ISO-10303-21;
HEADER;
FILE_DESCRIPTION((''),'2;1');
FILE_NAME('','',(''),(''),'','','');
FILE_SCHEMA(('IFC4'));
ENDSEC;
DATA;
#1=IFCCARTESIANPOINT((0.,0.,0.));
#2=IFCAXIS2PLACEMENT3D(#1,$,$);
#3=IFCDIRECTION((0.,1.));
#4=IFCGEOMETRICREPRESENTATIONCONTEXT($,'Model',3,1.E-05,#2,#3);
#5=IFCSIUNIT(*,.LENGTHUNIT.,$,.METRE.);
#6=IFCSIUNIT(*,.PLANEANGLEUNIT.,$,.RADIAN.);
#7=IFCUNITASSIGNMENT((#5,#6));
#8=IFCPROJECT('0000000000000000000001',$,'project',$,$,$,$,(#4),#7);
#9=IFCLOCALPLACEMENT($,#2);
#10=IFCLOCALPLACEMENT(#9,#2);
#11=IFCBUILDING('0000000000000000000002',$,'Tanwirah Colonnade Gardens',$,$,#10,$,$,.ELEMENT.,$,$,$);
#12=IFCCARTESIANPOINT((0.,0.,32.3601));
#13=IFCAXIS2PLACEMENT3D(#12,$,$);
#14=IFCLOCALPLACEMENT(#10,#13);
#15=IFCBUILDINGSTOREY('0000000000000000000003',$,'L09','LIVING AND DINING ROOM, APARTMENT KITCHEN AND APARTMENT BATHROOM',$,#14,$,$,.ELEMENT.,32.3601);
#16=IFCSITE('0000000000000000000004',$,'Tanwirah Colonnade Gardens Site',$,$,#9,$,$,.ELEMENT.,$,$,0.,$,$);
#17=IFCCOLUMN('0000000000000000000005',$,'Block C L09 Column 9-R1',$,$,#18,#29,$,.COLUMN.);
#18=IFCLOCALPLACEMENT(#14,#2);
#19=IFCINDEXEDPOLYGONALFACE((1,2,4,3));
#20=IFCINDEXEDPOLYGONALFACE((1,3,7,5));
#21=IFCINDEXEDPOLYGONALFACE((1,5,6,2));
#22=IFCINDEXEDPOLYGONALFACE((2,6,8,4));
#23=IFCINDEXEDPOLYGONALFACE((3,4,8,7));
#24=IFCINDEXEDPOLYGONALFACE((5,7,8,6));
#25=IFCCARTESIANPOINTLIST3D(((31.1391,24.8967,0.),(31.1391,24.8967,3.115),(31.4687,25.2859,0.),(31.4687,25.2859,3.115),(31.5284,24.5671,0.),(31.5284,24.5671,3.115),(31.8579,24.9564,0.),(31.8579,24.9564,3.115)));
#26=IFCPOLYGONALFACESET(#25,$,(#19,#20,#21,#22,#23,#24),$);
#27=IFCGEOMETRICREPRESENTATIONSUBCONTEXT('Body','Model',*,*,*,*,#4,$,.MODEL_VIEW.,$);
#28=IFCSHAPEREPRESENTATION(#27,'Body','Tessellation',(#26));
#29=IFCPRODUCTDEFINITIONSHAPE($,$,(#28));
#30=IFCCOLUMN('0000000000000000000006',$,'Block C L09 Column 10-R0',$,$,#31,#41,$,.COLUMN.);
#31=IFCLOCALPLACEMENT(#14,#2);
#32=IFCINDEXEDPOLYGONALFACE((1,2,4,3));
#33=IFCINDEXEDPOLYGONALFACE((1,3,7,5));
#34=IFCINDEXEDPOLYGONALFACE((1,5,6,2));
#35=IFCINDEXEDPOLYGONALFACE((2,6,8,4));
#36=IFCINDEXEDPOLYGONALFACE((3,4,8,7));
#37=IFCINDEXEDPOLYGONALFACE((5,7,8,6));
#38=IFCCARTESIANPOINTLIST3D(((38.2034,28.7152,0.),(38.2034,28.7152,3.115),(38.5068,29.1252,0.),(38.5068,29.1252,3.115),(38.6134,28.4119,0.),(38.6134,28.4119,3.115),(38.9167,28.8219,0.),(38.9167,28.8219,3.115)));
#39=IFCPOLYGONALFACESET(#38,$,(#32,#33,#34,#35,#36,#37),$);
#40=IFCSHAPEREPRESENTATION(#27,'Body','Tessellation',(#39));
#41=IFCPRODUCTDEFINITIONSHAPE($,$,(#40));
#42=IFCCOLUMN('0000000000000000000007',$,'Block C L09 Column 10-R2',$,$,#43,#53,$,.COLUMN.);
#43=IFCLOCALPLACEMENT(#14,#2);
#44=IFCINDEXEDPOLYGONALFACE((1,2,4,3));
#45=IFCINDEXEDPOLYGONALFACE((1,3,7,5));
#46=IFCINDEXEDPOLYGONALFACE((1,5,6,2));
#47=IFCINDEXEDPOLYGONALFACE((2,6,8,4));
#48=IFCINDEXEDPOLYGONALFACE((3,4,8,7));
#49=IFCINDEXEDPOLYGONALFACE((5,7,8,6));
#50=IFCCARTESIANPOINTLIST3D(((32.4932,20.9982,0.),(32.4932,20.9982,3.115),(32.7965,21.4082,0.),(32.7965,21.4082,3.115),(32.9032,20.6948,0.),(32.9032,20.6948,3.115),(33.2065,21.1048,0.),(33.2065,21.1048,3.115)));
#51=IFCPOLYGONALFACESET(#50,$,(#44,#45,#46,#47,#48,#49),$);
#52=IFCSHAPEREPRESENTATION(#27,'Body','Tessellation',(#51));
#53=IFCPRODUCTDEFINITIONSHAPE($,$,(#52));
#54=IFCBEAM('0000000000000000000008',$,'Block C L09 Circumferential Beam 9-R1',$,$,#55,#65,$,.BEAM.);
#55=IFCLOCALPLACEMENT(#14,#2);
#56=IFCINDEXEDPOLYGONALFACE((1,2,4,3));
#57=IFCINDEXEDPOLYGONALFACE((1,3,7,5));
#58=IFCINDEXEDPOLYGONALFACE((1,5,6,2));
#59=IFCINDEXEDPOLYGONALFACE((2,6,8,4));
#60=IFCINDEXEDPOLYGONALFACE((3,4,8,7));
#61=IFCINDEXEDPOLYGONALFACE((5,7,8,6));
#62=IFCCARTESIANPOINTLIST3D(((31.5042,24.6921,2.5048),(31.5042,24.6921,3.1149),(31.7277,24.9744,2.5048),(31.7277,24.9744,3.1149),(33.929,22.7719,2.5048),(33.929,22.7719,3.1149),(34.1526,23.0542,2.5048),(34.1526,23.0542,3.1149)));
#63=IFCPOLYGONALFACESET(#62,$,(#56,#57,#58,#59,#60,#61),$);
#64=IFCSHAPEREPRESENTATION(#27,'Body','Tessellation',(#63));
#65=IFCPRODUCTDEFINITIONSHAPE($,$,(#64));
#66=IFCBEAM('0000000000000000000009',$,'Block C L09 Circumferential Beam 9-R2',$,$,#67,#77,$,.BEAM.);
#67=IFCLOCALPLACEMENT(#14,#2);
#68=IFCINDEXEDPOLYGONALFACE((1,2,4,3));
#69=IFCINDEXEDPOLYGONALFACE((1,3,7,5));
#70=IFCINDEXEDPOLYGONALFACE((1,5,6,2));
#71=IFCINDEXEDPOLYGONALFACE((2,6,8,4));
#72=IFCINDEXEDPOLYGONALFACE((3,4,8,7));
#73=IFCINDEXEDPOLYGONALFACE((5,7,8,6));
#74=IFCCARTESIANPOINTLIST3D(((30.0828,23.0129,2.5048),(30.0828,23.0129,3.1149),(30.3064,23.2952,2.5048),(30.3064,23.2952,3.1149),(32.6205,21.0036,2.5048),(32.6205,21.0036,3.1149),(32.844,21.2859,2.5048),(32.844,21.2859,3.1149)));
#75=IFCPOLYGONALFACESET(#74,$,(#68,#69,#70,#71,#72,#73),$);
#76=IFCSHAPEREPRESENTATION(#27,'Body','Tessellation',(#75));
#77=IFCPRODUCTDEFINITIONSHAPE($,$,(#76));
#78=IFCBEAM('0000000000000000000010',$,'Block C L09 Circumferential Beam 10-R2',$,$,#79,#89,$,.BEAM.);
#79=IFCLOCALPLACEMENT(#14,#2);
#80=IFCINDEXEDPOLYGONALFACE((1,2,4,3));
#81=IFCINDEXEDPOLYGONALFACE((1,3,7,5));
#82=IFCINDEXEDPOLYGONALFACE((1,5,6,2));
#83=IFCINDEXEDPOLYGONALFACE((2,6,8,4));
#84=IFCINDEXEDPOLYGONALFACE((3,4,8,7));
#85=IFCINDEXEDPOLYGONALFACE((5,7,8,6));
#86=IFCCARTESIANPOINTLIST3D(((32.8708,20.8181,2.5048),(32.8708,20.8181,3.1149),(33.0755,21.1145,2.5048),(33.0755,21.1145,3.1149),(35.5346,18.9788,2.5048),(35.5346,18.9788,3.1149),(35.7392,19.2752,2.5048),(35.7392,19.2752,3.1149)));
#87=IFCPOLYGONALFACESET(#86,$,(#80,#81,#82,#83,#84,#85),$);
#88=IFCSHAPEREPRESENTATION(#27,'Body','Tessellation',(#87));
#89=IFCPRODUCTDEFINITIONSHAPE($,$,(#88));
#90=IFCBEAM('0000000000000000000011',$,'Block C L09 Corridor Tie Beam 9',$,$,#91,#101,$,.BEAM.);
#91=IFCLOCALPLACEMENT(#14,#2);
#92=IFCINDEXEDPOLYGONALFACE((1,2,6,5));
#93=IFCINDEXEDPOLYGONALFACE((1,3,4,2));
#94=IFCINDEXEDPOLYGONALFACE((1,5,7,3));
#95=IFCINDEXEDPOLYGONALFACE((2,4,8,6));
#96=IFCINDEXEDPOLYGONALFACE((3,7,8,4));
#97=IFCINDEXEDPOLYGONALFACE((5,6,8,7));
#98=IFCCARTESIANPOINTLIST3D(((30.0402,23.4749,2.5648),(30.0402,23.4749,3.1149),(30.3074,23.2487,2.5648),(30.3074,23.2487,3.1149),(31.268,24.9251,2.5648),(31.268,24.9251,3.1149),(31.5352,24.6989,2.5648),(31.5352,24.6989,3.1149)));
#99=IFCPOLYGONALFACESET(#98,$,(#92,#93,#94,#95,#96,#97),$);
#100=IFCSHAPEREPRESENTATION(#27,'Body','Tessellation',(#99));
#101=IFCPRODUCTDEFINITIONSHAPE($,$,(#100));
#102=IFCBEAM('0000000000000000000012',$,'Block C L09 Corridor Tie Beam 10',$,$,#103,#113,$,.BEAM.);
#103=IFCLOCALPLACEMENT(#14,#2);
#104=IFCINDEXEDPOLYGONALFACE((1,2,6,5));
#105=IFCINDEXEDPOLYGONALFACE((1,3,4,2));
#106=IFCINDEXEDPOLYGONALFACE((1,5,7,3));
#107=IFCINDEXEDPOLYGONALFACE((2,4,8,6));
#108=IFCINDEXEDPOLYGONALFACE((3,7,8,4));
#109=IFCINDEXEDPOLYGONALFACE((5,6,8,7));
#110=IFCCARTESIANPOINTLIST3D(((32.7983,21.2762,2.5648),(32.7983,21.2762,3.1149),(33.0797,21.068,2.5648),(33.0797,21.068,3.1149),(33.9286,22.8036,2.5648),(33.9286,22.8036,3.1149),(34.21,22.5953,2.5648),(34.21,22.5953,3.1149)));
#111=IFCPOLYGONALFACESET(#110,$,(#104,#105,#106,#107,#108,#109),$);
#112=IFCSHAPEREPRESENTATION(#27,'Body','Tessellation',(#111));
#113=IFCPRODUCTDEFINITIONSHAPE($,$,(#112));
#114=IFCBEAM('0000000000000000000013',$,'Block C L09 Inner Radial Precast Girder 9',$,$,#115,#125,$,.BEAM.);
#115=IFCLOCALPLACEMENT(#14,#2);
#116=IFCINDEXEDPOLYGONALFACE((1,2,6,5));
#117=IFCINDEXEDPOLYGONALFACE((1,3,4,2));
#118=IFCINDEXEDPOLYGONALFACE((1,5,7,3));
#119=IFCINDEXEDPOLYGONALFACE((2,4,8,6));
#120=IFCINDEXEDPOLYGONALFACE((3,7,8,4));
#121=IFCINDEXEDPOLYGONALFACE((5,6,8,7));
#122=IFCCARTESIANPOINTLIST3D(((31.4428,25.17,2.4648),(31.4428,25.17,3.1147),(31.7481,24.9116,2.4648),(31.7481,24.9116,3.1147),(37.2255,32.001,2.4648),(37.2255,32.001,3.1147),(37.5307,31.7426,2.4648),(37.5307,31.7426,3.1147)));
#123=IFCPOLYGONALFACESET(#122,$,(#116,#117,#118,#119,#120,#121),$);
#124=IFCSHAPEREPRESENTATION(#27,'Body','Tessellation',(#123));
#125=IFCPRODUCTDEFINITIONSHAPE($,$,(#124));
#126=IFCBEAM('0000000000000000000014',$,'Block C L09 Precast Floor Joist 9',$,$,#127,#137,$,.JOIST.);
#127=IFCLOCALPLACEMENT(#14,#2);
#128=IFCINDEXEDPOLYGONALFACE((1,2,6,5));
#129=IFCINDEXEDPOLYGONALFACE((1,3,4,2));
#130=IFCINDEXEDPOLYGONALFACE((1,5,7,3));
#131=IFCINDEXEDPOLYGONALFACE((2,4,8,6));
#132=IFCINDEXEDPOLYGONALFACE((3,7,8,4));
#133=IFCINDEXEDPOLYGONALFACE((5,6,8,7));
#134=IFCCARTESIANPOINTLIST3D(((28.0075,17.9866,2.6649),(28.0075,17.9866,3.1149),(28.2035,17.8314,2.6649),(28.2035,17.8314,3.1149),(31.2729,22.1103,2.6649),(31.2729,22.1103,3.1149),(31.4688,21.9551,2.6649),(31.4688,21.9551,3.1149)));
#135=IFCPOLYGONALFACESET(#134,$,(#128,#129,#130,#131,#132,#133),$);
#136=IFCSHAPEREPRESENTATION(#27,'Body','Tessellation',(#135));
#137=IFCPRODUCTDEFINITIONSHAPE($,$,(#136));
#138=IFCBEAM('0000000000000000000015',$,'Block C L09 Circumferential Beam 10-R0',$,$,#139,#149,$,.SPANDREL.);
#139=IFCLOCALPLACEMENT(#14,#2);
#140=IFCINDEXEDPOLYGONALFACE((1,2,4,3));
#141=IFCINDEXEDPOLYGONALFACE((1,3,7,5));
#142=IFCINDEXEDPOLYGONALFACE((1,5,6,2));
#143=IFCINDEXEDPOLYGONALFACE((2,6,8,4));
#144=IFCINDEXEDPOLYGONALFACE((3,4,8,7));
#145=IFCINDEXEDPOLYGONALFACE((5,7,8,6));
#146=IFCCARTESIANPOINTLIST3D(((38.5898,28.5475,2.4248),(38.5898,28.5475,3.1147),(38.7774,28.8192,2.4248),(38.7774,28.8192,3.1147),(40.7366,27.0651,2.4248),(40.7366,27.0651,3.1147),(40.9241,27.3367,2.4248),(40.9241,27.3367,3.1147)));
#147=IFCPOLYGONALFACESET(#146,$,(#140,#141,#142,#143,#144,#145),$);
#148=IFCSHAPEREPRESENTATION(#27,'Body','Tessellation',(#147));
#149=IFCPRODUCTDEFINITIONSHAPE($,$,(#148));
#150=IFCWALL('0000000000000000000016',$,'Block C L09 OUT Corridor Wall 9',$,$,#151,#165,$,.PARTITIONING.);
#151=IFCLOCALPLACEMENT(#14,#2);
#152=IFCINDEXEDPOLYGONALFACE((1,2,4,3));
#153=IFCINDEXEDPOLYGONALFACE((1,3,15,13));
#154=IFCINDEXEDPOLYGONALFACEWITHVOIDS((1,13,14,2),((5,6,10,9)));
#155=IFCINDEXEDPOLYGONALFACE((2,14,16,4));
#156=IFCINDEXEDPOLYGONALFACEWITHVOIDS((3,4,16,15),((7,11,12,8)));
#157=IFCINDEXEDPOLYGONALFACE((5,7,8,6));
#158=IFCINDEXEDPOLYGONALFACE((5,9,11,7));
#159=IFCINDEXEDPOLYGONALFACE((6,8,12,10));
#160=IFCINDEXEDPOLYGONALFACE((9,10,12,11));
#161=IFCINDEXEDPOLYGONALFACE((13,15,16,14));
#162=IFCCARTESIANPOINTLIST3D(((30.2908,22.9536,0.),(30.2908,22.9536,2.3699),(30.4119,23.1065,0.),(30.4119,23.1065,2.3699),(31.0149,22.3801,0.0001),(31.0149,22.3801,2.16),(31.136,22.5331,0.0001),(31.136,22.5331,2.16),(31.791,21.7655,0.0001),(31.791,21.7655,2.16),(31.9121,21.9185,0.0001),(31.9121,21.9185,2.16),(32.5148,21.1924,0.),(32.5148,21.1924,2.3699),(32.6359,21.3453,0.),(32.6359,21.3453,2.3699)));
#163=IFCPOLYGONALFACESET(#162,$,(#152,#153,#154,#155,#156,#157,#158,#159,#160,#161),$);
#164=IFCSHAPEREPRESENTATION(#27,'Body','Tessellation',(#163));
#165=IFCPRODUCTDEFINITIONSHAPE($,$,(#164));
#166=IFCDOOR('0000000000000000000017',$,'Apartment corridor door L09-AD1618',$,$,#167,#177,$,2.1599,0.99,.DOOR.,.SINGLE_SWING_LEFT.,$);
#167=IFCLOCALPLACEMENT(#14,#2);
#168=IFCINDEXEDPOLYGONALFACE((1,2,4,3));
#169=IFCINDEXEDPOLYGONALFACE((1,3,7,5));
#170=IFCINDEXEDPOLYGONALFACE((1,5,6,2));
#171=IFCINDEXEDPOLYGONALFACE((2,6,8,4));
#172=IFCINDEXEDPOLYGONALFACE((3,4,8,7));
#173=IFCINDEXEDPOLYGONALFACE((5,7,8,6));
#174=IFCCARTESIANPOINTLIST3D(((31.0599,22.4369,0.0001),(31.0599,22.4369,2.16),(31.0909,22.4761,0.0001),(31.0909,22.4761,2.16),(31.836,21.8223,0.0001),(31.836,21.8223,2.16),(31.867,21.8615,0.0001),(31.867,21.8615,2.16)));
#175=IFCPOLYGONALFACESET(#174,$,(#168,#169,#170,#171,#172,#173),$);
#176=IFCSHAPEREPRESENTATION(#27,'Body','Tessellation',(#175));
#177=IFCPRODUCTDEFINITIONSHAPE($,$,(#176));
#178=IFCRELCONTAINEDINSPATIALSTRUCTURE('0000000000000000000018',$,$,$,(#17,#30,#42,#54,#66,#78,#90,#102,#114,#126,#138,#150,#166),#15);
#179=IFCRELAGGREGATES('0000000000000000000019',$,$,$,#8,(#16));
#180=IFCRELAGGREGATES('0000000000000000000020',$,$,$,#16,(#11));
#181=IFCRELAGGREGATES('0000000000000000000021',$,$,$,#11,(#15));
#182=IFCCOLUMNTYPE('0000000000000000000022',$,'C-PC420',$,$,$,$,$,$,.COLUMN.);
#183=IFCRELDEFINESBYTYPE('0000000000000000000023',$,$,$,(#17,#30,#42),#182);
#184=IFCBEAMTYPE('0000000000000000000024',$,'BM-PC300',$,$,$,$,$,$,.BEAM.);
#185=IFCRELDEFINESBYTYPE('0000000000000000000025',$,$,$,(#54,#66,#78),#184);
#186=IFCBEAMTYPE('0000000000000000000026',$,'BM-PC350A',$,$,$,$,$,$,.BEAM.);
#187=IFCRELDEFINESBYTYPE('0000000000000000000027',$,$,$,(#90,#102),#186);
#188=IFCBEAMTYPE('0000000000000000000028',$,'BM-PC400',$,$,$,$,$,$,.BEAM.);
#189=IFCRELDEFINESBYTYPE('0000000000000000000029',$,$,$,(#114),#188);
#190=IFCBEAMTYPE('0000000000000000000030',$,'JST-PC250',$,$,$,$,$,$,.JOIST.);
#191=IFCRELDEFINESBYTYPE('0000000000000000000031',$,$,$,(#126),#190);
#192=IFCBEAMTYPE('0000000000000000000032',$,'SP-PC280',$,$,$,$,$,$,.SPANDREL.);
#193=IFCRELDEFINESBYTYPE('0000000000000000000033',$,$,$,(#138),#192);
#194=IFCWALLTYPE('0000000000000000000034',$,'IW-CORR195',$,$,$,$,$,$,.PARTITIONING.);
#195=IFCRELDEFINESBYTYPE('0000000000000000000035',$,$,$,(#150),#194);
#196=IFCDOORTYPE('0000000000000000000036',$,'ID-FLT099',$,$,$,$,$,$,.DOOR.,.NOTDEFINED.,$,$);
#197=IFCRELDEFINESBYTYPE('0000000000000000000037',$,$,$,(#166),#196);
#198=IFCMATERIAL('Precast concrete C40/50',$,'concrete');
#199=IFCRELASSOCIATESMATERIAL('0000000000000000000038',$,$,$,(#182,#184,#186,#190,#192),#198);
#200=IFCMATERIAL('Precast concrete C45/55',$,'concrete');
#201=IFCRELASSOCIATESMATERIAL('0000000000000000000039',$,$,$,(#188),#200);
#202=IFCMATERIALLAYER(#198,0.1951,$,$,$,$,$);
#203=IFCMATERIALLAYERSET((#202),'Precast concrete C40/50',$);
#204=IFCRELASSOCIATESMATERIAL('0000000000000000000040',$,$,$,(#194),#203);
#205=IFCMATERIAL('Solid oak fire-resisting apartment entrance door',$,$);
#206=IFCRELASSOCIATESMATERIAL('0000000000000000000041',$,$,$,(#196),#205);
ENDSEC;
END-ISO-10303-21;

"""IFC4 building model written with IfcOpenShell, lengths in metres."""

from ifc_helpers import new_model, si_unit, direction, frame, frame_2d, origin, origin_2d, place, context, subcontext, project, spatial, rectangle, extrude, material, layer, layer_set, material_profile, profile_set, type_object, element, fill, save


model = new_model("IFC4")

# Units and contexts
model_context = context("Model", 3, precision=1e-05, world=origin(), true_north=direction((0.0, 1.0)))
body_context = subcontext(model_context, "Body", "Model", "MODEL_VIEW")
ifc_project = project(units=[si_unit("LENGTHUNIT", "METRE"), si_unit("PLANEANGLEUNIT", "RADIAN")], contexts=[model_context])

# Site, building, storey
site_placement = place(None, origin())
site = spatial("IfcSite", under=ifc_project, at=site_placement, Name="Tanwirah Colonnade Gardens Site", CompositionType="ELEMENT", RefElevation=0.0)
building_placement = place(site_placement, origin())
building = spatial("IfcBuilding", under=site, at=building_placement, Name="Tanwirah Colonnade Gardens", CompositionType="ELEMENT")
storey_placement = place(building_placement, frame((0.0, 0.0, 32.3601)))
storey = spatial("IfcBuildingStorey", under=building, at=storey_placement, Name="L09", Description="LIVING AND DINING ROOM, APARTMENT KITCHEN AND APARTMENT BATHROOM", CompositionType="ELEMENT", Elevation=32.3601)

# Columns
ifc_material_1 = material(Name="Precast concrete C40/50", Category="concrete")
ifc_material_profile_1 = material_profile(ifc_material_1, rectangle(XDim=0.51, YDim=0.51, at=origin_2d()), Name="PC-COL 510x510")
ifc_profile_set_1 = profile_set([ifc_material_profile_1], Name="Precast concrete C40/50")
column_type = type_object("IfcColumnType", Name="C-PC420", PredefinedType="COLUMN", material=ifc_profile_set_1)
for number, where, z_axis, x_axis, name in (
    (1, (31.4985, 24.9265, 0.0), (0.0, 0.0, 1.0), (-0.646124, -0.763232, 0.0), "Block C L09 Column 9-R1"),
    (2, (38.5601, 28.7686, 0.0), (0.0, 0.0, 1.0), (-0.594823, -0.803857, 0.0), "Block C L09 Column 10-R0"),
    (3, (32.8499, 21.0515, 0.0), (0.0, 0.0, 1.0), (-0.594823, -0.803857, 0.0), "Block C L09 Column 10-R2"),
):
    element("IfcColumn", number, at=place(storey_placement, frame(where, z_axis=z_axis, x_axis=x_axis)), inside=storey, type_object=column_type, Name=name, PredefinedType="COLUMN", context=body_context, shape_type="SweptSolid", body=[
        extrude(rectangle(XDim=0.51, YDim=0.51, at=origin_2d()), origin(), (0.0, 0.0, 1.0), 3.115),
    ])

# Beams
ifc_material_profile_2 = material_profile(ifc_material_1, rectangle(XDim=0.3601, YDim=0.6101, at=origin_2d()), Name="PC-BM 360x610")
ifc_profile_set_2 = profile_set([ifc_material_profile_2], Name="Precast concrete C40/50")
beam_type_1 = type_object("IfcBeamType", Name="BM-PC300", PredefinedType="BEAM", material=ifc_profile_set_2)
beam_1_placement = place(storey_placement, frame((31.616, 24.8333, 2.8098), z_axis=(0.783963, -0.620808, 0.0), x_axis=(0.620808, 0.783963, 0.0)))
element("IfcBeam", 4, at=beam_1_placement, inside=storey, type_object=beam_type_1, Name="Block C L09 Circumferential Beam 9-R1", PredefinedType="BEAM", context=body_context, shape_type="SweptSolid", body=[
    extrude(rectangle(XDim=0.3601, YDim=0.6101, at=origin_2d()), origin(), (0.0, 0.0, 1.0), 3.093),
])
beam_2_placement = place(storey_placement, frame((30.1946, 23.1541, 2.8098), z_axis=(0.783994, -0.620769, 0.0), x_axis=(0.620769, 0.783994, 0.0)))
element("IfcBeam", 5, at=beam_2_placement, inside=storey, type_object=beam_type_1, Name="Block C L09 Circumferential Beam 9-R2", PredefinedType="BEAM", context=body_context, shape_type="SweptSolid", body=[
    extrude(rectangle(XDim=0.3601, YDim=0.6101, at=origin_2d()), origin(), (0.0, 0.0, 1.0), 3.2368),
])
beam_3_placement = place(storey_placement, frame((32.9731, 20.9663, 2.8098), z_axis=(0.822889, -0.568202, 0.0), x_axis=(0.568202, 0.822889, 0.0)))
element("IfcBeam", 6, at=beam_3_placement, inside=storey, type_object=beam_type_1, Name="Block C L09 Circumferential Beam 10-R2", PredefinedType="BEAM", context=body_context, shape_type="SweptSolid", body=[
    extrude(rectangle(XDim=0.3601, YDim=0.6101, at=origin_2d()), origin(), (0.0, 0.0, 1.0), 3.2371),
])
ifc_material_profile_3 = material_profile(ifc_material_1, rectangle(XDim=0.3501, YDim=0.55, at=origin_2d()), Name="PC-BM 350x550")
ifc_profile_set_3 = profile_set([ifc_material_profile_3], Name="Precast concrete C40/50")
beam_type_2 = type_object("IfcBeamType", Name="BM-PC350A", PredefinedType="BEAM", material=ifc_profile_set_3)
for number, where, z_axis, x_axis, name in (
    (7, (31.4016, 24.812, 2.8398), (-0.646155, -0.763206, 0.0), (0.763206, -0.646155, 0.0), "Block C L09 Corridor Tie Beam 9"),
    (8, (34.0693, 22.6995, 2.8398), (-0.594889, -0.803807, 0.0), (0.803807, -0.594889, 0.0), "Block C L09 Corridor Tie Beam 10"),
):
    element("IfcBeam", number, at=place(storey_placement, frame(where, z_axis=z_axis, x_axis=x_axis)), inside=storey, type_object=beam_type_2, Name=name, PredefinedType="BEAM", context=body_context, shape_type="SweptSolid", body=[
        extrude(rectangle(XDim=0.3501, YDim=0.55, at=origin_2d()), origin(), (0.0, 0.0, 1.0), 1.9001),
    ])
ifc_material_2 = material(Name="Precast concrete C45/55", Category="concrete")
ifc_material_profile_4 = material_profile(ifc_material_2, rectangle(XDim=0.3999, YDim=0.6499, at=origin_2d()), Name="PC-BM 400x650")
ifc_profile_set_4 = profile_set([ifc_material_profile_4], Name="Precast concrete C45/55")
beam_type_3 = type_object("IfcBeamType", Name="BM-PC400", PredefinedType="BEAM", material=ifc_profile_set_4)
beam_4_placement = place(storey_placement, frame((31.5955, 25.0408, 2.7898), z_axis=(0.646111, 0.763243, 0.0), x_axis=(-0.763243, 0.646111, 0.0)))
element("IfcBeam", 9, at=beam_4_placement, inside=storey, type_object=beam_type_3, Name="Block C L09 Inner Radial Precast Girder 9", PredefinedType="BEAM", context=body_context, shape_type="SweptSolid", body=[
    extrude(rectangle(XDim=0.3999, YDim=0.6499, at=origin_2d()), origin(), (0.0, 0.0, 1.0), 8.95),
])
ifc_material_profile_5 = material_profile(ifc_material_1, rectangle(XDim=0.25, YDim=0.45, at=origin_2d()), Name="PC-JST 250x450")
ifc_profile_set_5 = profile_set([ifc_material_profile_5], Name="Precast concrete C40/50")
beam_type_4 = type_object("IfcBeamType", Name="JST-PC250", PredefinedType="JOIST", material=ifc_profile_set_5)
beam_5_placement = place(storey_placement, frame((31.3708, 22.0327, 2.8899), z_axis=(-0.620787, -0.783979, 0.0), x_axis=(0.783979, -0.620787, 0.0)))
element("IfcBeam", 10, at=beam_5_placement, inside=storey, type_object=beam_type_4, Name="Block C L09 Precast Floor Joist 9", PredefinedType="JOIST", context=body_context, shape_type="SweptSolid", body=[
    extrude(rectangle(XDim=0.25, YDim=0.45, at=origin_2d()), origin(), (0.0, 0.0, 1.0), 5.26),
])
ifc_material_profile_6 = material_profile(ifc_material_1, rectangle(XDim=0.3301, YDim=0.6899, at=origin_2d()), Name="PC-SP 330x690")
ifc_profile_set_6 = profile_set([ifc_material_profile_6], Name="Precast concrete C40/50")
beam_type_5 = type_object("IfcBeamType", Name="SP-PC280", PredefinedType="SPANDREL", material=ifc_profile_set_6)
beam_6_placement = place(storey_placement, frame((38.6836, 28.6833, 2.7698), z_axis=(0.822869, -0.568231, 0.0), x_axis=(0.568231, 0.822869, 0.0)))
element("IfcBeam", 11, at=beam_6_placement, inside=storey, type_object=beam_type_5, Name="Block C L09 Circumferential Beam 10-R0", PredefinedType="SPANDREL", context=body_context, shape_type="SweptSolid", body=[
    extrude(rectangle(XDim=0.3301, YDim=0.6899, at=origin_2d()), origin(), (0.0, 0.0, 1.0), 2.6089),
])

# Wall, opening, door
ifc_layer_1 = layer(ifc_material_1, 0.1951)
ifc_layer_set_1 = layer_set([ifc_layer_1], Name="Precast concrete C40/50")
wall_type_1 = type_object("IfcWallType", Name="IW-CORR195", PredefinedType="PARTITIONING", material=ifc_layer_set_1)
wall_1_placement = place(storey_placement, frame((30.3513, 23.03, 0.0), z_axis=(0.0, 0.0, 1.0), x_axis=(0.783966, -0.620804, 0.0)))
wall_1 = element("IfcWall", 12, at=wall_1_placement, inside=storey, type_object=wall_type_1, Name="Block C L09 OUT Corridor Wall 9", PredefinedType="PARTITIONING", context=body_context, shape_type="SweptSolid", body=[
    extrude(rectangle(XDim=2.8369, YDim=0.1951, at=frame_2d((1.4185, 0.0))), origin(), (0.0, 0.0, 1.0), 2.3699),
])
opening_1_placement = place(wall_1_placement, frame((0.9236, 0.0, 0.0)))
opening_1 = element("IfcOpeningElement", 13, at=opening_1_placement, cuts=wall_1, PredefinedType="OPENING", context=body_context, shape_type="SweptSolid", body=[
    extrude(rectangle(XDim=0.99, YDim=2.1599, at=frame_2d((0.4951, 1.0801))), frame((0.0, 0.1074, 0.0), z_axis=(0.0, -1.0, 0.0), x_axis=(1.0, 0.0, 0.0)), (0.0, 0.0, 1.0), 0.2151),
])
ifc_material_3 = material(Name="Solid oak fire-resisting apartment entrance door")
door_type_1 = type_object("IfcDoorType", Name="ID-FLT099", OperationType="NOTDEFINED", PredefinedType="DOOR", material=ifc_material_3)
door_1_placement = place(opening_1_placement, origin())
door_1 = element("IfcDoor", 14, at=door_1_placement, inside=storey, type_object=door_type_1, Name="Apartment corridor door L09-AD1618", OperationType="SINGLE_SWING_LEFT", OverallHeight=2.1599, OverallWidth=0.99, PredefinedType="DOOR", context=body_context, shape_type="SweptSolid", body=[
    extrude(rectangle(XDim=0.99, YDim=2.1599, at=frame_2d((0.4951, 1.0801))), frame((0.0, 0.0249, 0.0), z_axis=(0.0, -1.0, 0.0), x_axis=(1.0, 0.0, 0.0)), (0.0, 0.0, 1.0), 0.05),
])
fill(opening_1, door_1)

save(model, "model.ifc")
